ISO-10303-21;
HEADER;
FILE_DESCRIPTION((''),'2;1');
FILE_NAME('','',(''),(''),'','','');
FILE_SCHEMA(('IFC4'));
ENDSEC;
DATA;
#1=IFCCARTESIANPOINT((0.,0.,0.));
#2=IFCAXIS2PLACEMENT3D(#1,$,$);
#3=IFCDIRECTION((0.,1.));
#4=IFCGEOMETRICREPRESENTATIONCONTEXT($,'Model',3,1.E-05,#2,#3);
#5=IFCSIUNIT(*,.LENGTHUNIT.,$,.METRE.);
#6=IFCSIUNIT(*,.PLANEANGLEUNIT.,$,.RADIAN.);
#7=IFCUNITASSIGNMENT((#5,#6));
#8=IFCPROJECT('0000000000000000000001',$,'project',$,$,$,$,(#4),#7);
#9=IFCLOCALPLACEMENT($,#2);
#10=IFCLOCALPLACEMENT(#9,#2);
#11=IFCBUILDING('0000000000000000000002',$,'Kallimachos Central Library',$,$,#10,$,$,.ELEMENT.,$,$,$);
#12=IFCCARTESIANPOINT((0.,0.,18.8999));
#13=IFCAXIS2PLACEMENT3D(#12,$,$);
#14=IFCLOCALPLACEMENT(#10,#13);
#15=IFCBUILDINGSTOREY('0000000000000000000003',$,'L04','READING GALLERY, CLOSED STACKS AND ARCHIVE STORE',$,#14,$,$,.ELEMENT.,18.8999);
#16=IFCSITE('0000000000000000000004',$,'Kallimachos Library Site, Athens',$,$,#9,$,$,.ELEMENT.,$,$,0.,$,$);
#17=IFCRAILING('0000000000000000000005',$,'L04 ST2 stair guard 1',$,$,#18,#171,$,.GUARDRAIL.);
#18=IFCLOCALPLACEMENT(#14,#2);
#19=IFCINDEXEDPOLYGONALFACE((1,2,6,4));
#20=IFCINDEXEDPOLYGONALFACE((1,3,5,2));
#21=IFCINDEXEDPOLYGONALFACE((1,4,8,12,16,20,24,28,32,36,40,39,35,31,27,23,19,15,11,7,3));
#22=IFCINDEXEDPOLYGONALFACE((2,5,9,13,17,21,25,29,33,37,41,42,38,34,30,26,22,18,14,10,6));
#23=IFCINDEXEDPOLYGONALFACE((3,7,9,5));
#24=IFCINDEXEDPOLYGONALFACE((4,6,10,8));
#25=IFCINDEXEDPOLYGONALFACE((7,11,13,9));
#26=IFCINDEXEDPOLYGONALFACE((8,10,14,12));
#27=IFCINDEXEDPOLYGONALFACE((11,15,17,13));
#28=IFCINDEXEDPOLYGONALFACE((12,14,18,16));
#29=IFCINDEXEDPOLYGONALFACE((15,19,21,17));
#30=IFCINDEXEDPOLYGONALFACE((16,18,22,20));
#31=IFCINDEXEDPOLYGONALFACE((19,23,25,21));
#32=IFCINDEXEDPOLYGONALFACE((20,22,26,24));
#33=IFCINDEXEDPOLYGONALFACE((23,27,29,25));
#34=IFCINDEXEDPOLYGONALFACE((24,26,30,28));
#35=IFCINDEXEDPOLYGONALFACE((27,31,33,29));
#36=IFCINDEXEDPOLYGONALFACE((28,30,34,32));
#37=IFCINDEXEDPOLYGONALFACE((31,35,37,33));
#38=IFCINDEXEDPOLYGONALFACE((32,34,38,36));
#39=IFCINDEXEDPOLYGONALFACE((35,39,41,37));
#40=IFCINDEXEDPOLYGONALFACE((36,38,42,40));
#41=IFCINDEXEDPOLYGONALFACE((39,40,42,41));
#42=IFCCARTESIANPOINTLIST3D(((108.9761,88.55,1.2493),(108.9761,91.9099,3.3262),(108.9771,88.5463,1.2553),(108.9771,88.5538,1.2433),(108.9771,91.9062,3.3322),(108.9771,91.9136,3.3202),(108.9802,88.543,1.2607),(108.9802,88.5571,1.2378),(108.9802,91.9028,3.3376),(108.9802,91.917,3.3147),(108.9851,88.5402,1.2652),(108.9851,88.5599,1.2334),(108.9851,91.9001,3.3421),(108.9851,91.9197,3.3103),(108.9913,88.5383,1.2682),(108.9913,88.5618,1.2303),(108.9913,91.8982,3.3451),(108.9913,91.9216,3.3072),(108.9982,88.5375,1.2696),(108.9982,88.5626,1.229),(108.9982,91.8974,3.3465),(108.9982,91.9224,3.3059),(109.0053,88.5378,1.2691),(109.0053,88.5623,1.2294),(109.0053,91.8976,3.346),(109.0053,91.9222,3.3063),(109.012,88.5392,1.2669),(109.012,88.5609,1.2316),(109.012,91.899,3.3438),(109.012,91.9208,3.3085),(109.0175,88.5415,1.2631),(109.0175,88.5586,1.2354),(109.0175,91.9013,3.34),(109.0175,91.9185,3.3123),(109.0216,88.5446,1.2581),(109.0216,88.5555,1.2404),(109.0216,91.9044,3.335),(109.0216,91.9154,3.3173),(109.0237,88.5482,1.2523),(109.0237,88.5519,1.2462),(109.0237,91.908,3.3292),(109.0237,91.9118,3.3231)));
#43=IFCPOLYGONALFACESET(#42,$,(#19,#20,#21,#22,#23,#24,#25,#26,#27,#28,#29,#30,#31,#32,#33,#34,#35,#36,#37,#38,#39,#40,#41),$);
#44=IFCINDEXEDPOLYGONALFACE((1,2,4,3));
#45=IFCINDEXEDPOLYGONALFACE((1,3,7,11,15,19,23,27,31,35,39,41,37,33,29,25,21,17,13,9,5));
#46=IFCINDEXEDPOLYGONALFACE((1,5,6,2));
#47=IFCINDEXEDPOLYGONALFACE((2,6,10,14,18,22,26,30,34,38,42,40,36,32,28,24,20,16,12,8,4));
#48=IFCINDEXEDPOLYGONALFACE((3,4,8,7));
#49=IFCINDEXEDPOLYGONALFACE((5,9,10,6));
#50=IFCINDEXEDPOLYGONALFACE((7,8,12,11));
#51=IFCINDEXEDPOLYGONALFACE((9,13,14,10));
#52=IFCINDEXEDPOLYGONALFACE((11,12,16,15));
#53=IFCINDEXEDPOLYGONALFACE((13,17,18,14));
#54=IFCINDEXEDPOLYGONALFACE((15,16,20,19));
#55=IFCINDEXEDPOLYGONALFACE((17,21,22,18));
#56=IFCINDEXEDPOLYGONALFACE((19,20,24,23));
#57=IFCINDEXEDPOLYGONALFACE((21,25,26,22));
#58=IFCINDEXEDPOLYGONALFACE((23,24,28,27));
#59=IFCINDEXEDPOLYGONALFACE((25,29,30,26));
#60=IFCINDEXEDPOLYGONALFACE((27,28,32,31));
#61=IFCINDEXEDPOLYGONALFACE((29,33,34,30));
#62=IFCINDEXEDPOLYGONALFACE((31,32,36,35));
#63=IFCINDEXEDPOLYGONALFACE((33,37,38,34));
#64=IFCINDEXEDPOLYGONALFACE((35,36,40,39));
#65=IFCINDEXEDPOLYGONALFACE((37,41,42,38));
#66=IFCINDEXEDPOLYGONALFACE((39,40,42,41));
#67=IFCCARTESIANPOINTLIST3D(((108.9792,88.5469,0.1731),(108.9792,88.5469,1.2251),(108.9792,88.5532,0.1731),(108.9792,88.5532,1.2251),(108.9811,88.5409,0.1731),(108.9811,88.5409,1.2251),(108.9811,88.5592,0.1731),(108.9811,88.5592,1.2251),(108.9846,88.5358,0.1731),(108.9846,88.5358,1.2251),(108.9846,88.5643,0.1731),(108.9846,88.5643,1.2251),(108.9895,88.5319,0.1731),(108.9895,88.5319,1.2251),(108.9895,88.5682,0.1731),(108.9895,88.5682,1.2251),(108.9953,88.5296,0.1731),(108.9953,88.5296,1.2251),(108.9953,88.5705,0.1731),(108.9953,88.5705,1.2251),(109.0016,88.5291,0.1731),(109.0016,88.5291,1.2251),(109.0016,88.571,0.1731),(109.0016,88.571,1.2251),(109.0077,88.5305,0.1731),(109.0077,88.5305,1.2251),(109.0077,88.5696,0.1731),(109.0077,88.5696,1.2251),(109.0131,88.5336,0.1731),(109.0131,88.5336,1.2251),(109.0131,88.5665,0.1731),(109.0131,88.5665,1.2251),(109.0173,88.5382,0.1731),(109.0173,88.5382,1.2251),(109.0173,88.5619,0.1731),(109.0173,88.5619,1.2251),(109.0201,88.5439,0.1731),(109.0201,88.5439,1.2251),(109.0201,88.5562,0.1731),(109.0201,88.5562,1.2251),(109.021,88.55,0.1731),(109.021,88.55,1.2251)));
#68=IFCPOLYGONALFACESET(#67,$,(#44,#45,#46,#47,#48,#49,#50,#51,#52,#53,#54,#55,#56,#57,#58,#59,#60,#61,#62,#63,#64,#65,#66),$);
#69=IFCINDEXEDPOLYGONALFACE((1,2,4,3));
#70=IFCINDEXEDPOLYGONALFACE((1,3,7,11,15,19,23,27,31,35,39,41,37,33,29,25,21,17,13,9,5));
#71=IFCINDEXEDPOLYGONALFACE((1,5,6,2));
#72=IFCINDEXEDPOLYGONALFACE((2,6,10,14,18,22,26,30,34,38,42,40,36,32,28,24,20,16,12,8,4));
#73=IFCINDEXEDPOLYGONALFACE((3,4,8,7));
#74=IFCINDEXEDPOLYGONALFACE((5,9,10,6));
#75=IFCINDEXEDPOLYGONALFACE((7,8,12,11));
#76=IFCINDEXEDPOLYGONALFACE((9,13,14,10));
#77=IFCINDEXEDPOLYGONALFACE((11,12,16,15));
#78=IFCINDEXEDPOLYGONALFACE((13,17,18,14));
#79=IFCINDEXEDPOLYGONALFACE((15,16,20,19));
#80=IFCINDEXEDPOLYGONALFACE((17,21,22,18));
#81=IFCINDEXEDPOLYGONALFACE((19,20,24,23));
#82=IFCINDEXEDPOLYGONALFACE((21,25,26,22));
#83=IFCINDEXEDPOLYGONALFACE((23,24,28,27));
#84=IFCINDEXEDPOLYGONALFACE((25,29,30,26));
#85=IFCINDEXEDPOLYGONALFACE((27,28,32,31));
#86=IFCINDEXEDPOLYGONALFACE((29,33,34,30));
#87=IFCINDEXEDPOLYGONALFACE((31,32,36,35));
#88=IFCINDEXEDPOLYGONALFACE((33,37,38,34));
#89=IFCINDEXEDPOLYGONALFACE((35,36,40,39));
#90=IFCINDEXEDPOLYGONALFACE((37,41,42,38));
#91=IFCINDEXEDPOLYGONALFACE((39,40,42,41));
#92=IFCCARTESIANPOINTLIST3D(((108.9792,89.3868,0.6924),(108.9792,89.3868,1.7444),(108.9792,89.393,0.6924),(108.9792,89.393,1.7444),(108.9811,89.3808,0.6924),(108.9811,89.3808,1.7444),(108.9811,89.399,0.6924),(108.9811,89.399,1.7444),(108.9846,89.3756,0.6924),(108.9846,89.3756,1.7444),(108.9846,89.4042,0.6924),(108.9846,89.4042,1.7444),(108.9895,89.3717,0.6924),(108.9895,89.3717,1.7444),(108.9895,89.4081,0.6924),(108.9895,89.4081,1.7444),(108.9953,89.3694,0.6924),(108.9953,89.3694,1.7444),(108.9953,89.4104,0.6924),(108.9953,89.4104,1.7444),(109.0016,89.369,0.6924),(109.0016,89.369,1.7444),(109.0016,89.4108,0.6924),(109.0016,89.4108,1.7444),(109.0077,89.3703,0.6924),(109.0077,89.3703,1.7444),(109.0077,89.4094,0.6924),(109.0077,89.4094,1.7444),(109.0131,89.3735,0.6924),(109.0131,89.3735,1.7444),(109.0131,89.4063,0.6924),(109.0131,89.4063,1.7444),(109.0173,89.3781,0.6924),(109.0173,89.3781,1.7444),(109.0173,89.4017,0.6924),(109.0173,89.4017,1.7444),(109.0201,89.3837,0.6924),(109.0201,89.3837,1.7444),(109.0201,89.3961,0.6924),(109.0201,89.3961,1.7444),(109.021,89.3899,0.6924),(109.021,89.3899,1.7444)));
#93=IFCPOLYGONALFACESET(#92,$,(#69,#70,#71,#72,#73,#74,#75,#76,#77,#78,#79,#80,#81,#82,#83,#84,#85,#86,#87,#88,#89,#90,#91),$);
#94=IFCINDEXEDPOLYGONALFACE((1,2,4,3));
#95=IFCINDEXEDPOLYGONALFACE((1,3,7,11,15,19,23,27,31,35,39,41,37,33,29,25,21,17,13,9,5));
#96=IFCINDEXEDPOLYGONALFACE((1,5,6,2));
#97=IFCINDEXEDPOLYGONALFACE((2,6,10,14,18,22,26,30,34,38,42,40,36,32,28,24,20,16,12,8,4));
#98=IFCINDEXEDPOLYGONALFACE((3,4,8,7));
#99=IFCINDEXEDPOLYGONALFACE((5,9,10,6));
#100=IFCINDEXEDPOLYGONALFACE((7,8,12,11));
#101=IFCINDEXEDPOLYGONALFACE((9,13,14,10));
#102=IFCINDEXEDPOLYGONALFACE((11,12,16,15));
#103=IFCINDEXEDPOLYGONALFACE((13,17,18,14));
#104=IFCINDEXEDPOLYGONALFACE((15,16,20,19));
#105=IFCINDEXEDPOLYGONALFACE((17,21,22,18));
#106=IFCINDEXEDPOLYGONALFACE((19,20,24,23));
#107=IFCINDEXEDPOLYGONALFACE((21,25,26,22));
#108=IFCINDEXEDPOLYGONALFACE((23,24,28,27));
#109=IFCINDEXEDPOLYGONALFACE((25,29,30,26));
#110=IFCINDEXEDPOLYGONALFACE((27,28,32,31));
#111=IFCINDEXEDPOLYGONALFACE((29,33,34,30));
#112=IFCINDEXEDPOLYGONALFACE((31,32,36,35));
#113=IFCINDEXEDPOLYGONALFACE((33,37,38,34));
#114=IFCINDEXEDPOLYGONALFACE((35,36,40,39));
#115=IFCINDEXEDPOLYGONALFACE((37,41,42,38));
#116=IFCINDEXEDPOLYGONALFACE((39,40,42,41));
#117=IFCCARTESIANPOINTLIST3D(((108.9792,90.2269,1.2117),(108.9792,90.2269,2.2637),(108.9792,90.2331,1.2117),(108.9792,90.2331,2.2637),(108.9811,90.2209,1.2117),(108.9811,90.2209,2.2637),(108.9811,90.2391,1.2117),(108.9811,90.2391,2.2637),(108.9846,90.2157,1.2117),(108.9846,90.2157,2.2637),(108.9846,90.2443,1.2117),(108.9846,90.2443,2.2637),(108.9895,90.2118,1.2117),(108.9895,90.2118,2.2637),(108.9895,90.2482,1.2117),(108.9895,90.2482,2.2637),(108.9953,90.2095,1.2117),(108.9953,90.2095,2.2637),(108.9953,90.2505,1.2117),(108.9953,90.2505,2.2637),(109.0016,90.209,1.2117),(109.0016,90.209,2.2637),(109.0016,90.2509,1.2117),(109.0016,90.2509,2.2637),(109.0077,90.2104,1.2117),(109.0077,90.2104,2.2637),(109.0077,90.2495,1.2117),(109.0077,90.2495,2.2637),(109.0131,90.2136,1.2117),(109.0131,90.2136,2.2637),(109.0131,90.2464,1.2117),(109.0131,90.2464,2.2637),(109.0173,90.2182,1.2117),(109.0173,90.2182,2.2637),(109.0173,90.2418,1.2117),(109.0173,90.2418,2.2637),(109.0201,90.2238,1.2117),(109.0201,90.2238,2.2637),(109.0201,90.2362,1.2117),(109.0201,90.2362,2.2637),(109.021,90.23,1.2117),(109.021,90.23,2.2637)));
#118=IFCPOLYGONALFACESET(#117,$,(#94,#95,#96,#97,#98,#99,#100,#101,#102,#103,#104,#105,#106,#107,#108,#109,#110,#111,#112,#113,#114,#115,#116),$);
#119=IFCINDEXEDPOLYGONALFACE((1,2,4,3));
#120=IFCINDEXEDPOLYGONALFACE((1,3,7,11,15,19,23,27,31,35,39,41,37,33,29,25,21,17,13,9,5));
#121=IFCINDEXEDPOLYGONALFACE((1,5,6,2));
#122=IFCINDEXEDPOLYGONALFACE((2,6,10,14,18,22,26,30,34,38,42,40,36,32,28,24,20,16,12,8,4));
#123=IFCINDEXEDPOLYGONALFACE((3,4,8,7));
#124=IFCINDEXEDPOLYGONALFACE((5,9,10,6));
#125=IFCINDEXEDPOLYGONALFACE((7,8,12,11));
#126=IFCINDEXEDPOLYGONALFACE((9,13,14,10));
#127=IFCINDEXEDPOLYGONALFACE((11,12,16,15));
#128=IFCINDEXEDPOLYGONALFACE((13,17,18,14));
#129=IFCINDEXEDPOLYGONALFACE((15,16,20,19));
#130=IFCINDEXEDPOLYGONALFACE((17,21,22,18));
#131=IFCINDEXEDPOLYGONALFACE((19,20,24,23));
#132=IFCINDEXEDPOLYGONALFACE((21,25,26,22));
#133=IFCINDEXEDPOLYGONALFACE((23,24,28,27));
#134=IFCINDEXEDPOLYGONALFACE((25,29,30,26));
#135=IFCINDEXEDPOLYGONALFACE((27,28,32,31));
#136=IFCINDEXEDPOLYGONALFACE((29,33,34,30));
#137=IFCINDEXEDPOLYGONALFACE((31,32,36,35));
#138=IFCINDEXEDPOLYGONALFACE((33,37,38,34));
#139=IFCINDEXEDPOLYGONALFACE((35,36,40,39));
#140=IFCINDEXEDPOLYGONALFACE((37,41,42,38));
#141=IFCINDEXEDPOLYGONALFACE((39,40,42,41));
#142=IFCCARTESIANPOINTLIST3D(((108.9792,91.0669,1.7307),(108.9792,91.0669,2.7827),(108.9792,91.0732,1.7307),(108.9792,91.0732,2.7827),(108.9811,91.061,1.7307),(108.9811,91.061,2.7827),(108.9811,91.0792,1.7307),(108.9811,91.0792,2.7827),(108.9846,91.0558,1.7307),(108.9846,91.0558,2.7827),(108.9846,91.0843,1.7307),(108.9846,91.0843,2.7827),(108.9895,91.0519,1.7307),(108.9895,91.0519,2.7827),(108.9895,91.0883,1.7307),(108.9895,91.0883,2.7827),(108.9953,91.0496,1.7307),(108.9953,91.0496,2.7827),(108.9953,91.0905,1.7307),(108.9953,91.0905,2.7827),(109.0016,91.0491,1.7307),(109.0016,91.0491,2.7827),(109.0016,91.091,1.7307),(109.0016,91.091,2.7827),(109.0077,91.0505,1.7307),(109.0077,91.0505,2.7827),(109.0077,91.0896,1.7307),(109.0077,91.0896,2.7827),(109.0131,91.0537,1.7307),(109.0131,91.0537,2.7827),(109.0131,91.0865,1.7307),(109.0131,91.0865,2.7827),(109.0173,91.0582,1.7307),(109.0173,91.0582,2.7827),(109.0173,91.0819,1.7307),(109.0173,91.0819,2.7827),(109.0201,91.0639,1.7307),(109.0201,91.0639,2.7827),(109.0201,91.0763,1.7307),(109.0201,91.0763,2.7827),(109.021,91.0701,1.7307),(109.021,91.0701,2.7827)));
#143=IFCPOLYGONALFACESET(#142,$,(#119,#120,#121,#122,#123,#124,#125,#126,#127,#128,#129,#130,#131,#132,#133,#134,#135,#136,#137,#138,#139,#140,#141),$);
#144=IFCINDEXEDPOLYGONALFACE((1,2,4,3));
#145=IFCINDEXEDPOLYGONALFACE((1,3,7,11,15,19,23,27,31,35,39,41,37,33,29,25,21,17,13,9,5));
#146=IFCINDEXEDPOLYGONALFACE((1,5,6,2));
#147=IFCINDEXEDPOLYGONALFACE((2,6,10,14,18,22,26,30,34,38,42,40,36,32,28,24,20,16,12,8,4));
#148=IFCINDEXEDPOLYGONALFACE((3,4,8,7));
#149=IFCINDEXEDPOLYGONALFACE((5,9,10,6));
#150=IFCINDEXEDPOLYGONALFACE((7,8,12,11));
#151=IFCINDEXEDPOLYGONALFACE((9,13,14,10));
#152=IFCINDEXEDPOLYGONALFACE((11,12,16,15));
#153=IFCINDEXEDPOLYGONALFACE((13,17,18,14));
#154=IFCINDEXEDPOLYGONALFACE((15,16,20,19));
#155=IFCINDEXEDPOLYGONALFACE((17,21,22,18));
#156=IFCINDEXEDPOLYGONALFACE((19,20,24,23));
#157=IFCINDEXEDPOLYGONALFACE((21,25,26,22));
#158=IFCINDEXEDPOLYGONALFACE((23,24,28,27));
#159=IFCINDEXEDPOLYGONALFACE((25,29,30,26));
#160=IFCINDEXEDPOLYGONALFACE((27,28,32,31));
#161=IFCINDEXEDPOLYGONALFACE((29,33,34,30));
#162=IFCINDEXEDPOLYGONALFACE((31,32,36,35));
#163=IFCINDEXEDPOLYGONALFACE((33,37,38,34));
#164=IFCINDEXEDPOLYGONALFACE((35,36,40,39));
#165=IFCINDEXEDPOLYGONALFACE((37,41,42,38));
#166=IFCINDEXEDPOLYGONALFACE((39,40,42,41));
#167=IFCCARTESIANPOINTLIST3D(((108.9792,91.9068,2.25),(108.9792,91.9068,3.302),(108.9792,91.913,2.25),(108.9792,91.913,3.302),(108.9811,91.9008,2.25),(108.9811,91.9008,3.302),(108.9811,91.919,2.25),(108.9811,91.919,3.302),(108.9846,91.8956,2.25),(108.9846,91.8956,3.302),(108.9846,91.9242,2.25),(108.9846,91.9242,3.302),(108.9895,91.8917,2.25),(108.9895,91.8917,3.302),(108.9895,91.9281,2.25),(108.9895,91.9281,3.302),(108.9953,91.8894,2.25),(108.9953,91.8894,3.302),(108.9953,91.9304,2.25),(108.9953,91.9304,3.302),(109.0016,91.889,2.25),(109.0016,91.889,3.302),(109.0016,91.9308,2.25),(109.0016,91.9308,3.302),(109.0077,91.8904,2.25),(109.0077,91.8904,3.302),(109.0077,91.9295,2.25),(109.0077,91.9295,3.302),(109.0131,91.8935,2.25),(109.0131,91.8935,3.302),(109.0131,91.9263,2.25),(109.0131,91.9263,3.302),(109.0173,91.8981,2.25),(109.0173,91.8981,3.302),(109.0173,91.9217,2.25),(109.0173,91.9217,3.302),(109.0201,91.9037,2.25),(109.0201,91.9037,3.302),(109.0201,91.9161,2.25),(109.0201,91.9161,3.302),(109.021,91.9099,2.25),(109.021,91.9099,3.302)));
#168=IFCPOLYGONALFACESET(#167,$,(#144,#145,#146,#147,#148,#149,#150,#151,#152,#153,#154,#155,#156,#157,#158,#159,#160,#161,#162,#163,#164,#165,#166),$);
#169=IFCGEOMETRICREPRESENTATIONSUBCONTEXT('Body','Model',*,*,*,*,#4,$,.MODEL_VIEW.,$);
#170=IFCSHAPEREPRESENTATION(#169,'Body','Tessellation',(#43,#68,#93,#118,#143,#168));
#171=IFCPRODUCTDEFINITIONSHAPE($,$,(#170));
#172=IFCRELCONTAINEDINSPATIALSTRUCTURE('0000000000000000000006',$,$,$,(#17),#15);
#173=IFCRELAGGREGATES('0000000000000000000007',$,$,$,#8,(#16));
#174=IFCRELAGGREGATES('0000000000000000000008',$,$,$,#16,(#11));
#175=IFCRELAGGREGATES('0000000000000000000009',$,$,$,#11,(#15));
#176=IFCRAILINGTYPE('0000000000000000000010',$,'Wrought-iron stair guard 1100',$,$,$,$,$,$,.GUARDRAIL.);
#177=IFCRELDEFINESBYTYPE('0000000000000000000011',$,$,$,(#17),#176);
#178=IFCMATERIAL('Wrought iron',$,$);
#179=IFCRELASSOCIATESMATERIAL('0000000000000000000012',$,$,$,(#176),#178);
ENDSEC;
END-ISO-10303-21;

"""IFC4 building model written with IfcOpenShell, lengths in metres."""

from ifc_helpers import new_model, si_unit, direction, frame, origin, origin_2d, place, context, subcontext, project, spatial, circle, extrude, material, type_object, element, save


model = new_model("IFC4")

# Units and contexts
model_context = context("Model", 3, precision=1e-05, world=origin(), true_north=direction((0.0, 1.0)))
body_context = subcontext(model_context, "Body", "Model", "MODEL_VIEW")
ifc_project = project(units=[si_unit("LENGTHUNIT", "METRE"), si_unit("PLANEANGLEUNIT", "RADIAN")], contexts=[model_context])

# Site, building, storey
site_placement = place(None, origin())
site = spatial("IfcSite", under=ifc_project, at=site_placement, Name="Kallimachos Library Site, Athens", CompositionType="ELEMENT", RefElevation=0.0)
building_placement = place(site_placement, origin())
building = spatial("IfcBuilding", under=site, at=building_placement, Name="Kallimachos Central Library", CompositionType="ELEMENT")
storey_placement = place(building_placement, frame((0.0, 0.0, 18.8999)))
storey = spatial("IfcBuildingStorey", under=building, at=storey_placement, Name="L04", Description="READING GALLERY, CLOSED STACKS AND ARCHIVE STORE", CompositionType="ELEMENT", Elevation=18.8999)

# Railing
ifc_material_1 = material(Name="Wrought iron")
railing_type_1 = type_object("IfcRailingType", Name="Wrought-iron stair guard 1100", PredefinedType="GUARDRAIL", material=ifc_material_1)
railing_1_placement = place(storey_placement, frame((109.0, 88.55, 0.1731)))
element("IfcRailing", 1, at=railing_1_placement, inside=storey, type_object=railing_type_1, Name="L04 ST2 stair guard 1", PredefinedType="GUARDRAIL", context=body_context, shape_type="SweptSolid", body=[
    extrude(circle(Radius=0.0239, at=origin_2d()), frame((0.0, 0.0, 1.0762), z_axis=(0.0, 0.850606, 0.525803), x_axis=(-1.0, 0.0, 0.0)), (0.0, 0.0, 1.0), 3.95),
    extrude(circle(Radius=0.021, at=origin_2d()), origin(), (0.0, 0.0, 1.0), 1.052),
    extrude(circle(Radius=0.021, at=origin_2d()), frame((0.0, 0.8398, 0.5193)), (0.0, 0.0, 1.0), 1.052),
    extrude(circle(Radius=0.021, at=origin_2d()), frame((0.0, 1.6799, 1.0386)), (0.0, 0.0, 1.0), 1.052),
    extrude(circle(Radius=0.021, at=origin_2d()), frame((0.0, 2.52, 1.5576)), (0.0, 0.0, 1.0), 1.052),
    extrude(circle(Radius=0.021, at=origin_2d()), frame((0.0, 3.3599, 2.0769)), (0.0, 0.0, 1.0), 1.052),
])

save(model, "model.ifc")
